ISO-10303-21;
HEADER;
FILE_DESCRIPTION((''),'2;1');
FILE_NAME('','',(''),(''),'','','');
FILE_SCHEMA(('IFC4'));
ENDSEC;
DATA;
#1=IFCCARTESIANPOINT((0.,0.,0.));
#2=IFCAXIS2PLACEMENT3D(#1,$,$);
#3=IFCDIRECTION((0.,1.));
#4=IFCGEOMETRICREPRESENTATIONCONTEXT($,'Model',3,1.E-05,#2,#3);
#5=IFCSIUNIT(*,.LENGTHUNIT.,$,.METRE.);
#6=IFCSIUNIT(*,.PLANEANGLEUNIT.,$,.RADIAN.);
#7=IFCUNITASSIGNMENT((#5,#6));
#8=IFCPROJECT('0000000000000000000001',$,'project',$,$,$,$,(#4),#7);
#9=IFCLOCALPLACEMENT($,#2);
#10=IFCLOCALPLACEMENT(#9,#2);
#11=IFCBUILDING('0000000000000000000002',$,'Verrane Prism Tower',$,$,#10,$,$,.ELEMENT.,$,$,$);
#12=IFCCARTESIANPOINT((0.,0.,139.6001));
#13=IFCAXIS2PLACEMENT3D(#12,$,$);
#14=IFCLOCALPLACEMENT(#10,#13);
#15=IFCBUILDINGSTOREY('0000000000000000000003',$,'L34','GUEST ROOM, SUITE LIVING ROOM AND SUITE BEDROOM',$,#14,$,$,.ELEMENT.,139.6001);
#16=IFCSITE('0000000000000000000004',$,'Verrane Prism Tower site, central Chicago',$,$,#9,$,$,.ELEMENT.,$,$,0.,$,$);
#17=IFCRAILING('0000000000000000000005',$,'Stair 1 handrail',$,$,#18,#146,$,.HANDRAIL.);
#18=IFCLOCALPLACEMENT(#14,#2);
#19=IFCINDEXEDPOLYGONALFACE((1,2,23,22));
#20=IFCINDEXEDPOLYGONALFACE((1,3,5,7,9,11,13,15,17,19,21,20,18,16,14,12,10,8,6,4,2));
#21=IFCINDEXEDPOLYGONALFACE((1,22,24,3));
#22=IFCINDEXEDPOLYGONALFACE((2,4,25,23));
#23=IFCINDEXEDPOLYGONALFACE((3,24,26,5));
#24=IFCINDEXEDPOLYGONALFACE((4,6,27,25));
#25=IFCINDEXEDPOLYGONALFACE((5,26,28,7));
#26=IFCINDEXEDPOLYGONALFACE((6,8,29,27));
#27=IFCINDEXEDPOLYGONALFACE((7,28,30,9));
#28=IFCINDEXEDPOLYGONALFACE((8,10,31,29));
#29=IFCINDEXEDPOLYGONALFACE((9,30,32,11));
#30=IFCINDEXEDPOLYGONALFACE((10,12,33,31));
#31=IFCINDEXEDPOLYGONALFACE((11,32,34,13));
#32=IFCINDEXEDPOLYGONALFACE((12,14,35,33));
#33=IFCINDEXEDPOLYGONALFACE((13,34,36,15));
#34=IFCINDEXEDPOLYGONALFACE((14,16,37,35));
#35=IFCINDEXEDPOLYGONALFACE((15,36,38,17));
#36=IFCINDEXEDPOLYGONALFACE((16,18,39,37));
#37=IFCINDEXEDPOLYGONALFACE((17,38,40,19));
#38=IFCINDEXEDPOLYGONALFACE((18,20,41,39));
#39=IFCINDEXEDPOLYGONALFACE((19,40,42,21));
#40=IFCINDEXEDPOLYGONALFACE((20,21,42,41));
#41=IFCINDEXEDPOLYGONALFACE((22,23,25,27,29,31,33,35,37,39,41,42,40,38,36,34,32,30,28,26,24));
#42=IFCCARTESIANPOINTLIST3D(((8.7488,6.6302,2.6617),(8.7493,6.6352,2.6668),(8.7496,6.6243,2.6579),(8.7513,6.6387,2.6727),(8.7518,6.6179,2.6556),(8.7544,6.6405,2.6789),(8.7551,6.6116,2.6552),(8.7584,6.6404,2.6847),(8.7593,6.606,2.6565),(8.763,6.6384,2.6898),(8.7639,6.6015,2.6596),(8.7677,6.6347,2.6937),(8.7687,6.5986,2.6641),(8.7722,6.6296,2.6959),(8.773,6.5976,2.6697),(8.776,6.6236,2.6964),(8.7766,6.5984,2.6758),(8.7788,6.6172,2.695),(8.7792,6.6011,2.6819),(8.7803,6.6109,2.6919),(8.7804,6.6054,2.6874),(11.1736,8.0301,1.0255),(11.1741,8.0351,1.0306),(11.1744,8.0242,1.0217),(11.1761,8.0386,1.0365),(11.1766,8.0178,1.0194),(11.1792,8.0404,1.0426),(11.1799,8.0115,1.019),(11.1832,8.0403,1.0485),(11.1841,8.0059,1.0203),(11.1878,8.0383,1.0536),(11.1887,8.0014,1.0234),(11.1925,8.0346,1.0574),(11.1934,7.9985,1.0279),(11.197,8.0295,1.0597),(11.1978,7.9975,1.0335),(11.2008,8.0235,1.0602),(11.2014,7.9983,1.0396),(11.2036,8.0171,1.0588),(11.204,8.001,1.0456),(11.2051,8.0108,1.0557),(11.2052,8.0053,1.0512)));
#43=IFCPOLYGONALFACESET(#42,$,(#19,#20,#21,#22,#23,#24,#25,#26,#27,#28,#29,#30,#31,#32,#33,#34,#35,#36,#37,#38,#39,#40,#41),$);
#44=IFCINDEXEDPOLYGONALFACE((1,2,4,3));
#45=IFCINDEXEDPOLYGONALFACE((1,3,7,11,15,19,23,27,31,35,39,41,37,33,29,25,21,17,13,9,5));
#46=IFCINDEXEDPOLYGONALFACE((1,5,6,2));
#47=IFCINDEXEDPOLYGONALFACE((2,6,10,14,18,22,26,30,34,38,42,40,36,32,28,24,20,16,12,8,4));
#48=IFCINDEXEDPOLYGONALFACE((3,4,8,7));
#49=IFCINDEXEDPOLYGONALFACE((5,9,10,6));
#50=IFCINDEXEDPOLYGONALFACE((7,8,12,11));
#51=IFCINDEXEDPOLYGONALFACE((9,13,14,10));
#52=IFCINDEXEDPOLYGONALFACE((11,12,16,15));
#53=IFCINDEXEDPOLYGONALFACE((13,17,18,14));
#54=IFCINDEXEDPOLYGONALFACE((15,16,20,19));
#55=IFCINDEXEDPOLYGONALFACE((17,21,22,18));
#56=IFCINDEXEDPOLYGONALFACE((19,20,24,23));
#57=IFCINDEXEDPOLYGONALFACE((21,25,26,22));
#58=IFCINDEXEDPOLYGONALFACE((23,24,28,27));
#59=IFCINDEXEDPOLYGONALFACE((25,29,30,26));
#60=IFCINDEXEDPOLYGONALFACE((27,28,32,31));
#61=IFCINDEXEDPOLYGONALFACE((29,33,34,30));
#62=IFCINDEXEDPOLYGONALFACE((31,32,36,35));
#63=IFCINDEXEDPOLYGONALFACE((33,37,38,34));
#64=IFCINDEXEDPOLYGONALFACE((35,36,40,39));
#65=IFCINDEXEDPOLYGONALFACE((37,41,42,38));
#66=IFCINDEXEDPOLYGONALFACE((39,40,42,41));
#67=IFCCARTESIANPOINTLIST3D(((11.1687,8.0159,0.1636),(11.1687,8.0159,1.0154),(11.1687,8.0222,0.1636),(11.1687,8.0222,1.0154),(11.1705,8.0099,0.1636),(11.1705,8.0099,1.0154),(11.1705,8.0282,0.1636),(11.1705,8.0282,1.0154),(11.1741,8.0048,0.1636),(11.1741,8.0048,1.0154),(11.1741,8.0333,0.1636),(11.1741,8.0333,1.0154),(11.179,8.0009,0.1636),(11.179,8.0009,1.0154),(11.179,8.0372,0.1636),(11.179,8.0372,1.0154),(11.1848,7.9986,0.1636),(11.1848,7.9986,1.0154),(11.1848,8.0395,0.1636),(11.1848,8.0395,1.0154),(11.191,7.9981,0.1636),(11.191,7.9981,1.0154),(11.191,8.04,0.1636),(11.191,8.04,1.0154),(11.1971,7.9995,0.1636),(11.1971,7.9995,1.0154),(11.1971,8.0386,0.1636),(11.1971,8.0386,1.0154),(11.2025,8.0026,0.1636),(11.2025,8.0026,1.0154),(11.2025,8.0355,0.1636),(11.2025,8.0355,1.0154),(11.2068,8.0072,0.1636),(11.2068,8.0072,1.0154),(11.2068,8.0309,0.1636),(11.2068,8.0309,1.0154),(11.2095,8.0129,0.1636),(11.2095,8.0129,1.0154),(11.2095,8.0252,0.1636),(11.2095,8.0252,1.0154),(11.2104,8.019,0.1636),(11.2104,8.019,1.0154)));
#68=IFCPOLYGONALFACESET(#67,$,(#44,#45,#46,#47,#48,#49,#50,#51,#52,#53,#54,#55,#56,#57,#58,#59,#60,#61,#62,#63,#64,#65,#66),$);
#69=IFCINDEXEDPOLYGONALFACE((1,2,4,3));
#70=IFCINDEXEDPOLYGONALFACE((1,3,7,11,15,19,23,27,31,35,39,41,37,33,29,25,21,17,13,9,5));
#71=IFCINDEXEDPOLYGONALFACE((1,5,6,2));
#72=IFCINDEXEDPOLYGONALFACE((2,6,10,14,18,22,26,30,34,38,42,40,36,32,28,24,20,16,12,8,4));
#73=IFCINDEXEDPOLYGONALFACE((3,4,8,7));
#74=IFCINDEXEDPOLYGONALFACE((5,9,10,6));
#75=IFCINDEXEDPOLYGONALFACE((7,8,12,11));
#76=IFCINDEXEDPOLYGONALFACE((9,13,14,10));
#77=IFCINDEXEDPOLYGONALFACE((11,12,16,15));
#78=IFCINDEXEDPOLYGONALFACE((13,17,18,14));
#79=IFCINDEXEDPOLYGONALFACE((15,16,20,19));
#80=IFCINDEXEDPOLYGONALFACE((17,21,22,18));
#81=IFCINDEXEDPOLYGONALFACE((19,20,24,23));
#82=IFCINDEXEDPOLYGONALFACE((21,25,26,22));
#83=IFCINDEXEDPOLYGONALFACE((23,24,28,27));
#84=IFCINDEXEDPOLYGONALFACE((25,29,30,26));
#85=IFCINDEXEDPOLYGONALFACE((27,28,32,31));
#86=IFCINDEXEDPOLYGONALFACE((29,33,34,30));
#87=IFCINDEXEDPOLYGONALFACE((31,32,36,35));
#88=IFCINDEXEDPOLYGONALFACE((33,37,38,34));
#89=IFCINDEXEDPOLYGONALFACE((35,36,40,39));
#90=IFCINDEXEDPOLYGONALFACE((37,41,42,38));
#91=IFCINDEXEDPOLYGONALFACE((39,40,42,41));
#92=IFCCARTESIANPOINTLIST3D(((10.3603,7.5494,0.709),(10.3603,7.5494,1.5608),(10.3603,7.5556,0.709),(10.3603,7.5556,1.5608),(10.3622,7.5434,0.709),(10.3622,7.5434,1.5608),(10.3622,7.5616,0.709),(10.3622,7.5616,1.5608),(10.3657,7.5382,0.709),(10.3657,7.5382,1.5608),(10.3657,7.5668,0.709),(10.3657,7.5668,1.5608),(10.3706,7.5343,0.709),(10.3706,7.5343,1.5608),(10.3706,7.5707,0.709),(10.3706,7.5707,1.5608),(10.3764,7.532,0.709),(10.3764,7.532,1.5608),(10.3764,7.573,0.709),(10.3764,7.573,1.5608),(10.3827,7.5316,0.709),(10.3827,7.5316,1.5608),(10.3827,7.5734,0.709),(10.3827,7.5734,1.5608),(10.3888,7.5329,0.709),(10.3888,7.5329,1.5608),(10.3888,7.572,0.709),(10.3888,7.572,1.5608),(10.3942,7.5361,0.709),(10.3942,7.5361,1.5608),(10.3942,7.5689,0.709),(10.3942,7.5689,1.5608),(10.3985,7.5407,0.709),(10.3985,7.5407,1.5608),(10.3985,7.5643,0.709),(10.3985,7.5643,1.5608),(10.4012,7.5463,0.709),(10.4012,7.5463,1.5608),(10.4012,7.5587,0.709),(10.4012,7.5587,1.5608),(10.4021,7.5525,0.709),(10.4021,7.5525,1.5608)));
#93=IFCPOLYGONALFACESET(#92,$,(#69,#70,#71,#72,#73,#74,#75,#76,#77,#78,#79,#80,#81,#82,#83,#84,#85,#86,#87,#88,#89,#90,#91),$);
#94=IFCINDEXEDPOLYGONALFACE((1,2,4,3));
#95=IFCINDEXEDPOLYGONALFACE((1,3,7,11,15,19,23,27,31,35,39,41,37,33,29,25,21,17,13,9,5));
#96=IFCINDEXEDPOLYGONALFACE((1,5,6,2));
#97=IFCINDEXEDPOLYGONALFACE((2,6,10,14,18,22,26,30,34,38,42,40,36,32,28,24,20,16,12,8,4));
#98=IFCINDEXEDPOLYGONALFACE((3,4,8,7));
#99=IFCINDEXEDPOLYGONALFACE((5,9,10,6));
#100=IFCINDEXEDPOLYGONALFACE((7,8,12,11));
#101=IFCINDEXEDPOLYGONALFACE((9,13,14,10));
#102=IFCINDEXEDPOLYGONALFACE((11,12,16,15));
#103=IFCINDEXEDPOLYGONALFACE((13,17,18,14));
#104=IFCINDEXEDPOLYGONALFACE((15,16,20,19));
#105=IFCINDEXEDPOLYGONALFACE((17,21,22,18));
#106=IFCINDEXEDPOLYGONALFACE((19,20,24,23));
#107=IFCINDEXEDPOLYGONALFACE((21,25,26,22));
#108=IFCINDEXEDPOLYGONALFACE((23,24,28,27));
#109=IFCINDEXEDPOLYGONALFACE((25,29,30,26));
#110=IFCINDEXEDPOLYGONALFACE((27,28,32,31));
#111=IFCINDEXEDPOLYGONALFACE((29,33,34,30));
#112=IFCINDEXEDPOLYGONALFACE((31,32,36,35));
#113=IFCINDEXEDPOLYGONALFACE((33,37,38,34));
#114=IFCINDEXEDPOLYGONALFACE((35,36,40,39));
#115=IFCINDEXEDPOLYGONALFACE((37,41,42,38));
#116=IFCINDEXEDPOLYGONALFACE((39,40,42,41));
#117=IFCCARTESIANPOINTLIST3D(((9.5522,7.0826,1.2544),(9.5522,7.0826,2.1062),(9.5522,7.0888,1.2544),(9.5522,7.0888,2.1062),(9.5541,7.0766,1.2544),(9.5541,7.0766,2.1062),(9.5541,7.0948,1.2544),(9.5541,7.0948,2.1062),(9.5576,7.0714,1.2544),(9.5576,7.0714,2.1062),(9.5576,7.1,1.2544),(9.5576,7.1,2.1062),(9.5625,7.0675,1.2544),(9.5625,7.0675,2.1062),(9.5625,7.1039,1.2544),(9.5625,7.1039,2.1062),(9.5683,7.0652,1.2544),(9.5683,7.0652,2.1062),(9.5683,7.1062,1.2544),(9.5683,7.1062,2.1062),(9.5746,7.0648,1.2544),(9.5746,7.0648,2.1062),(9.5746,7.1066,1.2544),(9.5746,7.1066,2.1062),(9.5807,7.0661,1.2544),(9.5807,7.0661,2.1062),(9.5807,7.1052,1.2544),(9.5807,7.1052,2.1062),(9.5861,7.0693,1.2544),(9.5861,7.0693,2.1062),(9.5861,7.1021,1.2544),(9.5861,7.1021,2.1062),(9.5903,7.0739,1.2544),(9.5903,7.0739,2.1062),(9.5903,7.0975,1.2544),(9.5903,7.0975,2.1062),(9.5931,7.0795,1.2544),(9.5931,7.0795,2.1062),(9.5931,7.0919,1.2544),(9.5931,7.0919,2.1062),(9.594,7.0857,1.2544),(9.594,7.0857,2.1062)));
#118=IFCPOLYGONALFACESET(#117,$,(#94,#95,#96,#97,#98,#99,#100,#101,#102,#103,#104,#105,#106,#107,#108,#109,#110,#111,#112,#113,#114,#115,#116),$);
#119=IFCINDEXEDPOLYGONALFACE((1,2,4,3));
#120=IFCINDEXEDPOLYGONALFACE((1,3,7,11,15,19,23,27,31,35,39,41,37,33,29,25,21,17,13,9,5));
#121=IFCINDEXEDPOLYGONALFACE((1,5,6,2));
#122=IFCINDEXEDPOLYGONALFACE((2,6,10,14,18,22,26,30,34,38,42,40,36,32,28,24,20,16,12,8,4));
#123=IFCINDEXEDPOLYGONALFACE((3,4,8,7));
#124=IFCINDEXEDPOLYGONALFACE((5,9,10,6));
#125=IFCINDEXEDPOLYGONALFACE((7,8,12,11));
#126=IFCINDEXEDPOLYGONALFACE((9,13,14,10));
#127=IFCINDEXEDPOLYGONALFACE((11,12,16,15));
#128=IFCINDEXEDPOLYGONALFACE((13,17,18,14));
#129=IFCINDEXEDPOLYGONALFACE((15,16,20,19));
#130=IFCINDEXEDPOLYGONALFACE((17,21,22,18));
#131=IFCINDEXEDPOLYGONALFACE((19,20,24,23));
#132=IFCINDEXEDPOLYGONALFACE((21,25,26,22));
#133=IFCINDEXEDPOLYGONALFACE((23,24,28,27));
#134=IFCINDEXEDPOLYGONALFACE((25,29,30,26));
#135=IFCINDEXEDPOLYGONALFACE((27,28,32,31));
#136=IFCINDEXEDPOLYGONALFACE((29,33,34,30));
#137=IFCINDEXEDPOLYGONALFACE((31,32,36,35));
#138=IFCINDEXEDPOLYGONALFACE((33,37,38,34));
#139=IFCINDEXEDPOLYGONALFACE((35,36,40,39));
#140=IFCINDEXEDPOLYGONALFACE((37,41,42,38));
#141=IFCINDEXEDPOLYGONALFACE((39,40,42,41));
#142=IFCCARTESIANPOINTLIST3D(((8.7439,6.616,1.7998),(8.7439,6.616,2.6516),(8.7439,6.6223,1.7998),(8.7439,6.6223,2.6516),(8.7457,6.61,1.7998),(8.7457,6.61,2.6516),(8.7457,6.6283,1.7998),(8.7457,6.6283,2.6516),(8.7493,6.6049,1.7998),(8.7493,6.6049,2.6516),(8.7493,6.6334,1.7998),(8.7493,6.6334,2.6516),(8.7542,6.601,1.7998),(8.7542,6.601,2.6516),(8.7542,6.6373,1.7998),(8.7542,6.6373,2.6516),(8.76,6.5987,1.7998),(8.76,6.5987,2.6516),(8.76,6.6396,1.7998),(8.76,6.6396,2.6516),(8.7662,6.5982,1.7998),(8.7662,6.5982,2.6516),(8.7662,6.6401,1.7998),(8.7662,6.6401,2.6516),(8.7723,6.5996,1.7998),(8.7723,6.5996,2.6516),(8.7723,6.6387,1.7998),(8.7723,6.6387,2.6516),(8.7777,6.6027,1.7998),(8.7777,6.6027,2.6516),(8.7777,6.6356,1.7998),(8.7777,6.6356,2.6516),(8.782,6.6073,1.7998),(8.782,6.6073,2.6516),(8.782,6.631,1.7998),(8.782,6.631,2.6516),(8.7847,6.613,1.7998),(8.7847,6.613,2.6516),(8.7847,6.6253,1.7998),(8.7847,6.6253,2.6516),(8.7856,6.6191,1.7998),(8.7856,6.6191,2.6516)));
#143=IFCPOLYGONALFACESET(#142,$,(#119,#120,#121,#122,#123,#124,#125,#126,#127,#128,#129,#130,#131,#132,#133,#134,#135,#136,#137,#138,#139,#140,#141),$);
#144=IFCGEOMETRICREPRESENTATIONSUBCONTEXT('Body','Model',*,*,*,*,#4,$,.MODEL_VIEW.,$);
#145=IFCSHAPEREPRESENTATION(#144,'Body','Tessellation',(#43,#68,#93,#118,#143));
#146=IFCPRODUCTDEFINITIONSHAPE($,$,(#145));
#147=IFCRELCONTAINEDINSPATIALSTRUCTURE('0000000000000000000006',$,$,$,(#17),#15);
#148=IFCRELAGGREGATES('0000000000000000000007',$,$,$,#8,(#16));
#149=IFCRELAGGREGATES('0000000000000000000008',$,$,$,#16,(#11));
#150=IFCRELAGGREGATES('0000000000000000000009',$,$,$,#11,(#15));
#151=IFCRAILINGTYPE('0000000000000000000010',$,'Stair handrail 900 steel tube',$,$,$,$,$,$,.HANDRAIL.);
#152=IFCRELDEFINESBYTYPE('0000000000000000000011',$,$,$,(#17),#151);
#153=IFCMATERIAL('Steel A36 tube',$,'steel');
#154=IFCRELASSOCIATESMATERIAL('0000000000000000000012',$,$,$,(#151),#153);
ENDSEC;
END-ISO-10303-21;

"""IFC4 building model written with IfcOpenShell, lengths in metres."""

from ifc_helpers import new_model, si_unit, direction, frame, origin, origin_2d, place, context, subcontext, project, spatial, circle, extrude, material, type_object, element, save


model = new_model("IFC4")

# Units and contexts
model_context = context("Model", 3, precision=1e-05, world=origin(), true_north=direction((0.0, 1.0)))
body_context = subcontext(model_context, "Body", "Model", "MODEL_VIEW")
ifc_project = project(units=[si_unit("LENGTHUNIT", "METRE"), si_unit("PLANEANGLEUNIT", "RADIAN")], contexts=[model_context])

# Site, building, storey
site_placement = place(None, origin())
site = spatial("IfcSite", under=ifc_project, at=site_placement, Name="Verrane Prism Tower site, central Chicago", CompositionType="ELEMENT", RefElevation=0.0)
building_placement = place(site_placement, origin())
building = spatial("IfcBuilding", under=site, at=building_placement, Name="Verrane Prism Tower", CompositionType="ELEMENT")
storey_placement = place(building_placement, frame((0.0, 0.0, 139.6001)))
storey = spatial("IfcBuildingStorey", under=building, at=storey_placement, Name="L34", Description="GUEST ROOM, SUITE LIVING ROOM AND SUITE BEDROOM", CompositionType="ELEMENT", Elevation=139.6001)

# Railing
ifc_material_1 = material(Name="Steel A36 tube", Category="steel")
railing_type_1 = type_object("IfcRailingType", Name="Stair handrail 900 steel tube", PredefinedType="HANDRAIL", material=ifc_material_1)
railing_1_placement = place(storey_placement, frame((11.1895, 8.019, 0.1636)))
element("IfcRailing", 1, at=railing_1_placement, inside=storey, type_object=railing_type_1, Name="Stair 1 handrail", PredefinedType="HANDRAIL", context=body_context, shape_type="SweptSolid", body=[
    extrude(circle(Radius=0.0239, at=origin_2d()), frame((0.0, 0.0, 0.876), z_axis=(-0.747718, -0.431677, 0.504552), x_axis=(0.499984, -0.866035, 0.0)), (0.0, 0.0, 1.0), 3.2429),
    extrude(circle(Radius=0.021, at=origin_2d()), origin(), (0.0, 0.0, 1.0), 0.8518),
    extrude(circle(Radius=0.021, at=origin_2d()), frame((-0.8083, -0.4666, 0.5454)), (0.0, 0.0, 1.0), 0.8518),
    extrude(circle(Radius=0.021, at=origin_2d()), frame((-1.6165, -0.9333, 1.0908)), (0.0, 0.0, 1.0), 0.8518),
    extrude(circle(Radius=0.021, at=origin_2d()), frame((-2.4248, -1.3999, 1.6362)), (0.0, 0.0, 1.0), 0.8518),
])

save(model, "model.ifc")
